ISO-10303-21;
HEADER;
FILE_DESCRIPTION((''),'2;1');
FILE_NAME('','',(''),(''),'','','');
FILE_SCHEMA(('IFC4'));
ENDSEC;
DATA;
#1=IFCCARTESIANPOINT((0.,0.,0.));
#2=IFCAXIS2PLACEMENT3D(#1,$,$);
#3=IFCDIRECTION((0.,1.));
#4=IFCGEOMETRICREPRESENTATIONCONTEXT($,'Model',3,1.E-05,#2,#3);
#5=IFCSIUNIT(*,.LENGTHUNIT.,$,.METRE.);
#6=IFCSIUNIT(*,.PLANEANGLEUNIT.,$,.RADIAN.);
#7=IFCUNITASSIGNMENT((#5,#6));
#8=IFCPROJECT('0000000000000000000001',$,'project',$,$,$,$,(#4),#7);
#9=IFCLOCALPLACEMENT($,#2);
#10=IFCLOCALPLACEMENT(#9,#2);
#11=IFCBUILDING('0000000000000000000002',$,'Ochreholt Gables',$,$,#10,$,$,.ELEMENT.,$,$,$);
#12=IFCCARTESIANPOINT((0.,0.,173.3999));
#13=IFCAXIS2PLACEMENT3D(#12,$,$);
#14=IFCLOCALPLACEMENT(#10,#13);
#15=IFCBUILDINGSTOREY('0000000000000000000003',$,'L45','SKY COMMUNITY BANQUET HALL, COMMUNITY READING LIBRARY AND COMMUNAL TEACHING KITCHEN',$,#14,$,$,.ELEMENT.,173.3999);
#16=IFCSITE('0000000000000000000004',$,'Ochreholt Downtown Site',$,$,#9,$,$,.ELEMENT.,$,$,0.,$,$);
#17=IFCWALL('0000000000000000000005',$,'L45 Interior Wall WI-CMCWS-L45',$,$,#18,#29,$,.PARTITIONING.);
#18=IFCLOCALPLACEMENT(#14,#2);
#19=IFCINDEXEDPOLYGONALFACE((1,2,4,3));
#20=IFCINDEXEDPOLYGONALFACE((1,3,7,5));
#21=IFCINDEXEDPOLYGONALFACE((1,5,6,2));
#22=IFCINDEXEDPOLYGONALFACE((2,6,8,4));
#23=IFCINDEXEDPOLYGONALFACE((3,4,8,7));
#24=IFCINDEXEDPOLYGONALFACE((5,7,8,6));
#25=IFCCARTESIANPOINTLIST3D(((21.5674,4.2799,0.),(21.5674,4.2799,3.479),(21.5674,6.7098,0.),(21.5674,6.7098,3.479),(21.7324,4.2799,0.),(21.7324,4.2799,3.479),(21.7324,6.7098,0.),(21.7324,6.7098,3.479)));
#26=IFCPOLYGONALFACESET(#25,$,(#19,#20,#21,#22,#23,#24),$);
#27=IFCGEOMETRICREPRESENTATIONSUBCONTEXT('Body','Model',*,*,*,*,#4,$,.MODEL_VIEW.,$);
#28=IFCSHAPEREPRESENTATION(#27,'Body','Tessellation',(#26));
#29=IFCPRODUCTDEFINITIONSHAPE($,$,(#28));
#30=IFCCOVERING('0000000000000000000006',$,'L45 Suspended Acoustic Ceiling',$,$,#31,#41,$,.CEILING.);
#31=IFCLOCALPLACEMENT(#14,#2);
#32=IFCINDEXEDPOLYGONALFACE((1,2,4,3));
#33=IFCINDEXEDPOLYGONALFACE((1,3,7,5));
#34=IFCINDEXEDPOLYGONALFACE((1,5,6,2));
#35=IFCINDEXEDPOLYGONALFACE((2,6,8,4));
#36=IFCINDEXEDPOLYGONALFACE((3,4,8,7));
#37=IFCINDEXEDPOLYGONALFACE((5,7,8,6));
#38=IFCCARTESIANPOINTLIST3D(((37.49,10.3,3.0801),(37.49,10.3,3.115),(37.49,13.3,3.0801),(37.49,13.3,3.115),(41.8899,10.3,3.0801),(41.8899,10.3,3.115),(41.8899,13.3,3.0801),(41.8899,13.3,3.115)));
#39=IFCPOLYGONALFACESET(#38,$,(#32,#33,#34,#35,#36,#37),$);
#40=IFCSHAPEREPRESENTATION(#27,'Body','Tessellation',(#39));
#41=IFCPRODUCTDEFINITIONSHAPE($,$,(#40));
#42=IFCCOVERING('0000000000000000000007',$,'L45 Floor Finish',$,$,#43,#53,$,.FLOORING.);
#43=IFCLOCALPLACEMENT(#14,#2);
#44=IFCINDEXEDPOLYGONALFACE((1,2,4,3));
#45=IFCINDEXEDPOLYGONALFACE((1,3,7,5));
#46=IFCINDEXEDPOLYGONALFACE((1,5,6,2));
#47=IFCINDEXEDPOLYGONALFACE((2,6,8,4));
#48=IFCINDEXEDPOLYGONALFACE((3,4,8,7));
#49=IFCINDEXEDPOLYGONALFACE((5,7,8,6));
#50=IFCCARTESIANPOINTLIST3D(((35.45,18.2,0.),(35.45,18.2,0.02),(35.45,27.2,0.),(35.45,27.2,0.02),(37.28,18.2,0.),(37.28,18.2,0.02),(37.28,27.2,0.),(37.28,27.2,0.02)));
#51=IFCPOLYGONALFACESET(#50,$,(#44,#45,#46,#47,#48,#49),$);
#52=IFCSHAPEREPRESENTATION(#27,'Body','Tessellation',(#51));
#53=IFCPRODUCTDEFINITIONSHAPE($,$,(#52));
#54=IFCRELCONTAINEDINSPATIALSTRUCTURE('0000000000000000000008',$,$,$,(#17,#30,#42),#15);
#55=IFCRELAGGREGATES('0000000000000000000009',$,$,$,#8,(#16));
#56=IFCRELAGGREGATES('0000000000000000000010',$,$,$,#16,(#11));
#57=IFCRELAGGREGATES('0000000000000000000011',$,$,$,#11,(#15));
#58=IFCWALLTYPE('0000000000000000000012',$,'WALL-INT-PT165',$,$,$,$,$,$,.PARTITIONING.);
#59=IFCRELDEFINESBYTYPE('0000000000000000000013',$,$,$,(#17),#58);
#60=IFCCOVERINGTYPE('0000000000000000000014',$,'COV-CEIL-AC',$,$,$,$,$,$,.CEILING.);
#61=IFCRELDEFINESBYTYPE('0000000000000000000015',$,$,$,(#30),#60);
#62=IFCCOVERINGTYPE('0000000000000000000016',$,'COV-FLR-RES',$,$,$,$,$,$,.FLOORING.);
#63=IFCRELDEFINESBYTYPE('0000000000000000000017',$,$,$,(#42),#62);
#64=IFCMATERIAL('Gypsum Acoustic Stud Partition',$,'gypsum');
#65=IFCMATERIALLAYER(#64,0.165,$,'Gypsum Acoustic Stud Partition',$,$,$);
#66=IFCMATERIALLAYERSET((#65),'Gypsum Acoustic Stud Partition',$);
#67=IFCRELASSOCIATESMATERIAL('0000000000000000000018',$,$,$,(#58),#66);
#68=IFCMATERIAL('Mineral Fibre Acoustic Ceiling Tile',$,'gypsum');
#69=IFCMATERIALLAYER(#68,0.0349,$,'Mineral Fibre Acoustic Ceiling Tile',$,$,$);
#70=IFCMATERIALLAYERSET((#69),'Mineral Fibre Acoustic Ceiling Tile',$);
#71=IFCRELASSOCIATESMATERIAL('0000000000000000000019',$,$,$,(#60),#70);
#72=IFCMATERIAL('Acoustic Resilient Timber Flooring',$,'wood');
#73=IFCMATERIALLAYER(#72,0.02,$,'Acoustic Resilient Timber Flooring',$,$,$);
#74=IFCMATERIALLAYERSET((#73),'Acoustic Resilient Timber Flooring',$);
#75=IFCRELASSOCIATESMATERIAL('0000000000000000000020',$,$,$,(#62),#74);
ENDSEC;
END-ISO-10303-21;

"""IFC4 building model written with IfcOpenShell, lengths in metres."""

from ifc_helpers import new_model, si_unit, direction, frame, frame_2d, origin, place, context, subcontext, project, spatial, polyline, rectangle, outline, extrude, material, layer, layer_set, type_object, element, save


model = new_model("IFC4")

# Units and contexts
model_context = context("Model", 3, precision=1e-05, world=origin(), true_north=direction((0.0, 1.0)))
body_context = subcontext(model_context, "Body", "Model", "MODEL_VIEW")
ifc_project = project(units=[si_unit("LENGTHUNIT", "METRE"), si_unit("PLANEANGLEUNIT", "RADIAN")], contexts=[model_context])

# Site, building, storey
site_placement = place(None, origin())
site = spatial("IfcSite", under=ifc_project, at=site_placement, Name="Ochreholt Downtown Site", CompositionType="ELEMENT", RefElevation=0.0)
building_placement = place(site_placement, origin())
building = spatial("IfcBuilding", under=site, at=building_placement, Name="Ochreholt Gables", CompositionType="ELEMENT")
storey_placement = place(building_placement, frame((0.0, 0.0, 173.3999)))
storey = spatial("IfcBuildingStorey", under=building, at=storey_placement, Name="L45", Description="SKY COMMUNITY BANQUET HALL, COMMUNITY READING LIBRARY AND COMMUNAL TEACHING KITCHEN", CompositionType="ELEMENT", Elevation=173.3999)

# Wall
ifc_material_1 = material(Name="Gypsum Acoustic Stud Partition", Category="gypsum")
ifc_layer_1 = layer(ifc_material_1, 0.165, Name="Gypsum Acoustic Stud Partition")
ifc_layer_set_1 = layer_set([ifc_layer_1], Name="Gypsum Acoustic Stud Partition")
wall_type_1 = type_object("IfcWallType", Name="WALL-INT-PT165", PredefinedType="PARTITIONING", material=ifc_layer_set_1)
wall_1_placement = place(storey_placement, frame((21.6499, 4.28, 0.0), z_axis=(0.0, 0.0, 1.0), x_axis=(0.0, 1.0, 0.0)))
element("IfcWall", 1, at=wall_1_placement, inside=storey, type_object=wall_type_1, Name="L45 Interior Wall WI-CMCWS-L45", PredefinedType="PARTITIONING", context=body_context, shape_type="SweptSolid", body=[
    extrude(rectangle(XDim=2.4299, YDim=0.165, at=frame_2d((1.2148, 0.0))), origin(), (0.0, 0.0, 1.0), 3.479),
])

# Coverings
ifc_material_2 = material(Name="Mineral Fibre Acoustic Ceiling Tile", Category="gypsum")
ifc_layer_2 = layer(ifc_material_2, 0.0349, Name="Mineral Fibre Acoustic Ceiling Tile")
ifc_layer_set_2 = layer_set([ifc_layer_2], Name="Mineral Fibre Acoustic Ceiling Tile")
covering_type_1 = type_object("IfcCoveringType", Name="COV-CEIL-AC", PredefinedType="CEILING", material=ifc_layer_set_2)
covering_1_placement = place(storey_placement, frame((0.0, 0.0, 3.0801)))
element("IfcCovering", 2, at=covering_1_placement, inside=storey, type_object=covering_type_1, Name="L45 Suspended Acoustic Ceiling", PredefinedType="CEILING", context=body_context, shape_type="SweptSolid", body=[
    extrude(outline(polyline([(37.49, 10.3), (41.8899, 10.3), (41.8899, 13.3), (37.49, 13.3), (37.49, 10.3)])), origin(), (0.0, 0.0, 1.0), 0.0349),
])
ifc_material_3 = material(Name="Acoustic Resilient Timber Flooring", Category="wood")
ifc_layer_3 = layer(ifc_material_3, 0.02, Name="Acoustic Resilient Timber Flooring")
ifc_layer_set_3 = layer_set([ifc_layer_3], Name="Acoustic Resilient Timber Flooring")
covering_type_2 = type_object("IfcCoveringType", Name="COV-FLR-RES", PredefinedType="FLOORING", material=ifc_layer_set_3)
covering_2_placement = place(storey_placement, origin())
element("IfcCovering", 3, at=covering_2_placement, inside=storey, type_object=covering_type_2, Name="L45 Floor Finish", PredefinedType="FLOORING", context=body_context, shape_type="SweptSolid", body=[
    extrude(outline(polyline([(35.45, 18.2), (37.28, 18.2), (37.28, 27.2), (35.45, 27.2), (35.45, 18.2)])), origin(), (0.0, 0.0, 1.0), 0.02),
])

save(model, "model.ifc")
